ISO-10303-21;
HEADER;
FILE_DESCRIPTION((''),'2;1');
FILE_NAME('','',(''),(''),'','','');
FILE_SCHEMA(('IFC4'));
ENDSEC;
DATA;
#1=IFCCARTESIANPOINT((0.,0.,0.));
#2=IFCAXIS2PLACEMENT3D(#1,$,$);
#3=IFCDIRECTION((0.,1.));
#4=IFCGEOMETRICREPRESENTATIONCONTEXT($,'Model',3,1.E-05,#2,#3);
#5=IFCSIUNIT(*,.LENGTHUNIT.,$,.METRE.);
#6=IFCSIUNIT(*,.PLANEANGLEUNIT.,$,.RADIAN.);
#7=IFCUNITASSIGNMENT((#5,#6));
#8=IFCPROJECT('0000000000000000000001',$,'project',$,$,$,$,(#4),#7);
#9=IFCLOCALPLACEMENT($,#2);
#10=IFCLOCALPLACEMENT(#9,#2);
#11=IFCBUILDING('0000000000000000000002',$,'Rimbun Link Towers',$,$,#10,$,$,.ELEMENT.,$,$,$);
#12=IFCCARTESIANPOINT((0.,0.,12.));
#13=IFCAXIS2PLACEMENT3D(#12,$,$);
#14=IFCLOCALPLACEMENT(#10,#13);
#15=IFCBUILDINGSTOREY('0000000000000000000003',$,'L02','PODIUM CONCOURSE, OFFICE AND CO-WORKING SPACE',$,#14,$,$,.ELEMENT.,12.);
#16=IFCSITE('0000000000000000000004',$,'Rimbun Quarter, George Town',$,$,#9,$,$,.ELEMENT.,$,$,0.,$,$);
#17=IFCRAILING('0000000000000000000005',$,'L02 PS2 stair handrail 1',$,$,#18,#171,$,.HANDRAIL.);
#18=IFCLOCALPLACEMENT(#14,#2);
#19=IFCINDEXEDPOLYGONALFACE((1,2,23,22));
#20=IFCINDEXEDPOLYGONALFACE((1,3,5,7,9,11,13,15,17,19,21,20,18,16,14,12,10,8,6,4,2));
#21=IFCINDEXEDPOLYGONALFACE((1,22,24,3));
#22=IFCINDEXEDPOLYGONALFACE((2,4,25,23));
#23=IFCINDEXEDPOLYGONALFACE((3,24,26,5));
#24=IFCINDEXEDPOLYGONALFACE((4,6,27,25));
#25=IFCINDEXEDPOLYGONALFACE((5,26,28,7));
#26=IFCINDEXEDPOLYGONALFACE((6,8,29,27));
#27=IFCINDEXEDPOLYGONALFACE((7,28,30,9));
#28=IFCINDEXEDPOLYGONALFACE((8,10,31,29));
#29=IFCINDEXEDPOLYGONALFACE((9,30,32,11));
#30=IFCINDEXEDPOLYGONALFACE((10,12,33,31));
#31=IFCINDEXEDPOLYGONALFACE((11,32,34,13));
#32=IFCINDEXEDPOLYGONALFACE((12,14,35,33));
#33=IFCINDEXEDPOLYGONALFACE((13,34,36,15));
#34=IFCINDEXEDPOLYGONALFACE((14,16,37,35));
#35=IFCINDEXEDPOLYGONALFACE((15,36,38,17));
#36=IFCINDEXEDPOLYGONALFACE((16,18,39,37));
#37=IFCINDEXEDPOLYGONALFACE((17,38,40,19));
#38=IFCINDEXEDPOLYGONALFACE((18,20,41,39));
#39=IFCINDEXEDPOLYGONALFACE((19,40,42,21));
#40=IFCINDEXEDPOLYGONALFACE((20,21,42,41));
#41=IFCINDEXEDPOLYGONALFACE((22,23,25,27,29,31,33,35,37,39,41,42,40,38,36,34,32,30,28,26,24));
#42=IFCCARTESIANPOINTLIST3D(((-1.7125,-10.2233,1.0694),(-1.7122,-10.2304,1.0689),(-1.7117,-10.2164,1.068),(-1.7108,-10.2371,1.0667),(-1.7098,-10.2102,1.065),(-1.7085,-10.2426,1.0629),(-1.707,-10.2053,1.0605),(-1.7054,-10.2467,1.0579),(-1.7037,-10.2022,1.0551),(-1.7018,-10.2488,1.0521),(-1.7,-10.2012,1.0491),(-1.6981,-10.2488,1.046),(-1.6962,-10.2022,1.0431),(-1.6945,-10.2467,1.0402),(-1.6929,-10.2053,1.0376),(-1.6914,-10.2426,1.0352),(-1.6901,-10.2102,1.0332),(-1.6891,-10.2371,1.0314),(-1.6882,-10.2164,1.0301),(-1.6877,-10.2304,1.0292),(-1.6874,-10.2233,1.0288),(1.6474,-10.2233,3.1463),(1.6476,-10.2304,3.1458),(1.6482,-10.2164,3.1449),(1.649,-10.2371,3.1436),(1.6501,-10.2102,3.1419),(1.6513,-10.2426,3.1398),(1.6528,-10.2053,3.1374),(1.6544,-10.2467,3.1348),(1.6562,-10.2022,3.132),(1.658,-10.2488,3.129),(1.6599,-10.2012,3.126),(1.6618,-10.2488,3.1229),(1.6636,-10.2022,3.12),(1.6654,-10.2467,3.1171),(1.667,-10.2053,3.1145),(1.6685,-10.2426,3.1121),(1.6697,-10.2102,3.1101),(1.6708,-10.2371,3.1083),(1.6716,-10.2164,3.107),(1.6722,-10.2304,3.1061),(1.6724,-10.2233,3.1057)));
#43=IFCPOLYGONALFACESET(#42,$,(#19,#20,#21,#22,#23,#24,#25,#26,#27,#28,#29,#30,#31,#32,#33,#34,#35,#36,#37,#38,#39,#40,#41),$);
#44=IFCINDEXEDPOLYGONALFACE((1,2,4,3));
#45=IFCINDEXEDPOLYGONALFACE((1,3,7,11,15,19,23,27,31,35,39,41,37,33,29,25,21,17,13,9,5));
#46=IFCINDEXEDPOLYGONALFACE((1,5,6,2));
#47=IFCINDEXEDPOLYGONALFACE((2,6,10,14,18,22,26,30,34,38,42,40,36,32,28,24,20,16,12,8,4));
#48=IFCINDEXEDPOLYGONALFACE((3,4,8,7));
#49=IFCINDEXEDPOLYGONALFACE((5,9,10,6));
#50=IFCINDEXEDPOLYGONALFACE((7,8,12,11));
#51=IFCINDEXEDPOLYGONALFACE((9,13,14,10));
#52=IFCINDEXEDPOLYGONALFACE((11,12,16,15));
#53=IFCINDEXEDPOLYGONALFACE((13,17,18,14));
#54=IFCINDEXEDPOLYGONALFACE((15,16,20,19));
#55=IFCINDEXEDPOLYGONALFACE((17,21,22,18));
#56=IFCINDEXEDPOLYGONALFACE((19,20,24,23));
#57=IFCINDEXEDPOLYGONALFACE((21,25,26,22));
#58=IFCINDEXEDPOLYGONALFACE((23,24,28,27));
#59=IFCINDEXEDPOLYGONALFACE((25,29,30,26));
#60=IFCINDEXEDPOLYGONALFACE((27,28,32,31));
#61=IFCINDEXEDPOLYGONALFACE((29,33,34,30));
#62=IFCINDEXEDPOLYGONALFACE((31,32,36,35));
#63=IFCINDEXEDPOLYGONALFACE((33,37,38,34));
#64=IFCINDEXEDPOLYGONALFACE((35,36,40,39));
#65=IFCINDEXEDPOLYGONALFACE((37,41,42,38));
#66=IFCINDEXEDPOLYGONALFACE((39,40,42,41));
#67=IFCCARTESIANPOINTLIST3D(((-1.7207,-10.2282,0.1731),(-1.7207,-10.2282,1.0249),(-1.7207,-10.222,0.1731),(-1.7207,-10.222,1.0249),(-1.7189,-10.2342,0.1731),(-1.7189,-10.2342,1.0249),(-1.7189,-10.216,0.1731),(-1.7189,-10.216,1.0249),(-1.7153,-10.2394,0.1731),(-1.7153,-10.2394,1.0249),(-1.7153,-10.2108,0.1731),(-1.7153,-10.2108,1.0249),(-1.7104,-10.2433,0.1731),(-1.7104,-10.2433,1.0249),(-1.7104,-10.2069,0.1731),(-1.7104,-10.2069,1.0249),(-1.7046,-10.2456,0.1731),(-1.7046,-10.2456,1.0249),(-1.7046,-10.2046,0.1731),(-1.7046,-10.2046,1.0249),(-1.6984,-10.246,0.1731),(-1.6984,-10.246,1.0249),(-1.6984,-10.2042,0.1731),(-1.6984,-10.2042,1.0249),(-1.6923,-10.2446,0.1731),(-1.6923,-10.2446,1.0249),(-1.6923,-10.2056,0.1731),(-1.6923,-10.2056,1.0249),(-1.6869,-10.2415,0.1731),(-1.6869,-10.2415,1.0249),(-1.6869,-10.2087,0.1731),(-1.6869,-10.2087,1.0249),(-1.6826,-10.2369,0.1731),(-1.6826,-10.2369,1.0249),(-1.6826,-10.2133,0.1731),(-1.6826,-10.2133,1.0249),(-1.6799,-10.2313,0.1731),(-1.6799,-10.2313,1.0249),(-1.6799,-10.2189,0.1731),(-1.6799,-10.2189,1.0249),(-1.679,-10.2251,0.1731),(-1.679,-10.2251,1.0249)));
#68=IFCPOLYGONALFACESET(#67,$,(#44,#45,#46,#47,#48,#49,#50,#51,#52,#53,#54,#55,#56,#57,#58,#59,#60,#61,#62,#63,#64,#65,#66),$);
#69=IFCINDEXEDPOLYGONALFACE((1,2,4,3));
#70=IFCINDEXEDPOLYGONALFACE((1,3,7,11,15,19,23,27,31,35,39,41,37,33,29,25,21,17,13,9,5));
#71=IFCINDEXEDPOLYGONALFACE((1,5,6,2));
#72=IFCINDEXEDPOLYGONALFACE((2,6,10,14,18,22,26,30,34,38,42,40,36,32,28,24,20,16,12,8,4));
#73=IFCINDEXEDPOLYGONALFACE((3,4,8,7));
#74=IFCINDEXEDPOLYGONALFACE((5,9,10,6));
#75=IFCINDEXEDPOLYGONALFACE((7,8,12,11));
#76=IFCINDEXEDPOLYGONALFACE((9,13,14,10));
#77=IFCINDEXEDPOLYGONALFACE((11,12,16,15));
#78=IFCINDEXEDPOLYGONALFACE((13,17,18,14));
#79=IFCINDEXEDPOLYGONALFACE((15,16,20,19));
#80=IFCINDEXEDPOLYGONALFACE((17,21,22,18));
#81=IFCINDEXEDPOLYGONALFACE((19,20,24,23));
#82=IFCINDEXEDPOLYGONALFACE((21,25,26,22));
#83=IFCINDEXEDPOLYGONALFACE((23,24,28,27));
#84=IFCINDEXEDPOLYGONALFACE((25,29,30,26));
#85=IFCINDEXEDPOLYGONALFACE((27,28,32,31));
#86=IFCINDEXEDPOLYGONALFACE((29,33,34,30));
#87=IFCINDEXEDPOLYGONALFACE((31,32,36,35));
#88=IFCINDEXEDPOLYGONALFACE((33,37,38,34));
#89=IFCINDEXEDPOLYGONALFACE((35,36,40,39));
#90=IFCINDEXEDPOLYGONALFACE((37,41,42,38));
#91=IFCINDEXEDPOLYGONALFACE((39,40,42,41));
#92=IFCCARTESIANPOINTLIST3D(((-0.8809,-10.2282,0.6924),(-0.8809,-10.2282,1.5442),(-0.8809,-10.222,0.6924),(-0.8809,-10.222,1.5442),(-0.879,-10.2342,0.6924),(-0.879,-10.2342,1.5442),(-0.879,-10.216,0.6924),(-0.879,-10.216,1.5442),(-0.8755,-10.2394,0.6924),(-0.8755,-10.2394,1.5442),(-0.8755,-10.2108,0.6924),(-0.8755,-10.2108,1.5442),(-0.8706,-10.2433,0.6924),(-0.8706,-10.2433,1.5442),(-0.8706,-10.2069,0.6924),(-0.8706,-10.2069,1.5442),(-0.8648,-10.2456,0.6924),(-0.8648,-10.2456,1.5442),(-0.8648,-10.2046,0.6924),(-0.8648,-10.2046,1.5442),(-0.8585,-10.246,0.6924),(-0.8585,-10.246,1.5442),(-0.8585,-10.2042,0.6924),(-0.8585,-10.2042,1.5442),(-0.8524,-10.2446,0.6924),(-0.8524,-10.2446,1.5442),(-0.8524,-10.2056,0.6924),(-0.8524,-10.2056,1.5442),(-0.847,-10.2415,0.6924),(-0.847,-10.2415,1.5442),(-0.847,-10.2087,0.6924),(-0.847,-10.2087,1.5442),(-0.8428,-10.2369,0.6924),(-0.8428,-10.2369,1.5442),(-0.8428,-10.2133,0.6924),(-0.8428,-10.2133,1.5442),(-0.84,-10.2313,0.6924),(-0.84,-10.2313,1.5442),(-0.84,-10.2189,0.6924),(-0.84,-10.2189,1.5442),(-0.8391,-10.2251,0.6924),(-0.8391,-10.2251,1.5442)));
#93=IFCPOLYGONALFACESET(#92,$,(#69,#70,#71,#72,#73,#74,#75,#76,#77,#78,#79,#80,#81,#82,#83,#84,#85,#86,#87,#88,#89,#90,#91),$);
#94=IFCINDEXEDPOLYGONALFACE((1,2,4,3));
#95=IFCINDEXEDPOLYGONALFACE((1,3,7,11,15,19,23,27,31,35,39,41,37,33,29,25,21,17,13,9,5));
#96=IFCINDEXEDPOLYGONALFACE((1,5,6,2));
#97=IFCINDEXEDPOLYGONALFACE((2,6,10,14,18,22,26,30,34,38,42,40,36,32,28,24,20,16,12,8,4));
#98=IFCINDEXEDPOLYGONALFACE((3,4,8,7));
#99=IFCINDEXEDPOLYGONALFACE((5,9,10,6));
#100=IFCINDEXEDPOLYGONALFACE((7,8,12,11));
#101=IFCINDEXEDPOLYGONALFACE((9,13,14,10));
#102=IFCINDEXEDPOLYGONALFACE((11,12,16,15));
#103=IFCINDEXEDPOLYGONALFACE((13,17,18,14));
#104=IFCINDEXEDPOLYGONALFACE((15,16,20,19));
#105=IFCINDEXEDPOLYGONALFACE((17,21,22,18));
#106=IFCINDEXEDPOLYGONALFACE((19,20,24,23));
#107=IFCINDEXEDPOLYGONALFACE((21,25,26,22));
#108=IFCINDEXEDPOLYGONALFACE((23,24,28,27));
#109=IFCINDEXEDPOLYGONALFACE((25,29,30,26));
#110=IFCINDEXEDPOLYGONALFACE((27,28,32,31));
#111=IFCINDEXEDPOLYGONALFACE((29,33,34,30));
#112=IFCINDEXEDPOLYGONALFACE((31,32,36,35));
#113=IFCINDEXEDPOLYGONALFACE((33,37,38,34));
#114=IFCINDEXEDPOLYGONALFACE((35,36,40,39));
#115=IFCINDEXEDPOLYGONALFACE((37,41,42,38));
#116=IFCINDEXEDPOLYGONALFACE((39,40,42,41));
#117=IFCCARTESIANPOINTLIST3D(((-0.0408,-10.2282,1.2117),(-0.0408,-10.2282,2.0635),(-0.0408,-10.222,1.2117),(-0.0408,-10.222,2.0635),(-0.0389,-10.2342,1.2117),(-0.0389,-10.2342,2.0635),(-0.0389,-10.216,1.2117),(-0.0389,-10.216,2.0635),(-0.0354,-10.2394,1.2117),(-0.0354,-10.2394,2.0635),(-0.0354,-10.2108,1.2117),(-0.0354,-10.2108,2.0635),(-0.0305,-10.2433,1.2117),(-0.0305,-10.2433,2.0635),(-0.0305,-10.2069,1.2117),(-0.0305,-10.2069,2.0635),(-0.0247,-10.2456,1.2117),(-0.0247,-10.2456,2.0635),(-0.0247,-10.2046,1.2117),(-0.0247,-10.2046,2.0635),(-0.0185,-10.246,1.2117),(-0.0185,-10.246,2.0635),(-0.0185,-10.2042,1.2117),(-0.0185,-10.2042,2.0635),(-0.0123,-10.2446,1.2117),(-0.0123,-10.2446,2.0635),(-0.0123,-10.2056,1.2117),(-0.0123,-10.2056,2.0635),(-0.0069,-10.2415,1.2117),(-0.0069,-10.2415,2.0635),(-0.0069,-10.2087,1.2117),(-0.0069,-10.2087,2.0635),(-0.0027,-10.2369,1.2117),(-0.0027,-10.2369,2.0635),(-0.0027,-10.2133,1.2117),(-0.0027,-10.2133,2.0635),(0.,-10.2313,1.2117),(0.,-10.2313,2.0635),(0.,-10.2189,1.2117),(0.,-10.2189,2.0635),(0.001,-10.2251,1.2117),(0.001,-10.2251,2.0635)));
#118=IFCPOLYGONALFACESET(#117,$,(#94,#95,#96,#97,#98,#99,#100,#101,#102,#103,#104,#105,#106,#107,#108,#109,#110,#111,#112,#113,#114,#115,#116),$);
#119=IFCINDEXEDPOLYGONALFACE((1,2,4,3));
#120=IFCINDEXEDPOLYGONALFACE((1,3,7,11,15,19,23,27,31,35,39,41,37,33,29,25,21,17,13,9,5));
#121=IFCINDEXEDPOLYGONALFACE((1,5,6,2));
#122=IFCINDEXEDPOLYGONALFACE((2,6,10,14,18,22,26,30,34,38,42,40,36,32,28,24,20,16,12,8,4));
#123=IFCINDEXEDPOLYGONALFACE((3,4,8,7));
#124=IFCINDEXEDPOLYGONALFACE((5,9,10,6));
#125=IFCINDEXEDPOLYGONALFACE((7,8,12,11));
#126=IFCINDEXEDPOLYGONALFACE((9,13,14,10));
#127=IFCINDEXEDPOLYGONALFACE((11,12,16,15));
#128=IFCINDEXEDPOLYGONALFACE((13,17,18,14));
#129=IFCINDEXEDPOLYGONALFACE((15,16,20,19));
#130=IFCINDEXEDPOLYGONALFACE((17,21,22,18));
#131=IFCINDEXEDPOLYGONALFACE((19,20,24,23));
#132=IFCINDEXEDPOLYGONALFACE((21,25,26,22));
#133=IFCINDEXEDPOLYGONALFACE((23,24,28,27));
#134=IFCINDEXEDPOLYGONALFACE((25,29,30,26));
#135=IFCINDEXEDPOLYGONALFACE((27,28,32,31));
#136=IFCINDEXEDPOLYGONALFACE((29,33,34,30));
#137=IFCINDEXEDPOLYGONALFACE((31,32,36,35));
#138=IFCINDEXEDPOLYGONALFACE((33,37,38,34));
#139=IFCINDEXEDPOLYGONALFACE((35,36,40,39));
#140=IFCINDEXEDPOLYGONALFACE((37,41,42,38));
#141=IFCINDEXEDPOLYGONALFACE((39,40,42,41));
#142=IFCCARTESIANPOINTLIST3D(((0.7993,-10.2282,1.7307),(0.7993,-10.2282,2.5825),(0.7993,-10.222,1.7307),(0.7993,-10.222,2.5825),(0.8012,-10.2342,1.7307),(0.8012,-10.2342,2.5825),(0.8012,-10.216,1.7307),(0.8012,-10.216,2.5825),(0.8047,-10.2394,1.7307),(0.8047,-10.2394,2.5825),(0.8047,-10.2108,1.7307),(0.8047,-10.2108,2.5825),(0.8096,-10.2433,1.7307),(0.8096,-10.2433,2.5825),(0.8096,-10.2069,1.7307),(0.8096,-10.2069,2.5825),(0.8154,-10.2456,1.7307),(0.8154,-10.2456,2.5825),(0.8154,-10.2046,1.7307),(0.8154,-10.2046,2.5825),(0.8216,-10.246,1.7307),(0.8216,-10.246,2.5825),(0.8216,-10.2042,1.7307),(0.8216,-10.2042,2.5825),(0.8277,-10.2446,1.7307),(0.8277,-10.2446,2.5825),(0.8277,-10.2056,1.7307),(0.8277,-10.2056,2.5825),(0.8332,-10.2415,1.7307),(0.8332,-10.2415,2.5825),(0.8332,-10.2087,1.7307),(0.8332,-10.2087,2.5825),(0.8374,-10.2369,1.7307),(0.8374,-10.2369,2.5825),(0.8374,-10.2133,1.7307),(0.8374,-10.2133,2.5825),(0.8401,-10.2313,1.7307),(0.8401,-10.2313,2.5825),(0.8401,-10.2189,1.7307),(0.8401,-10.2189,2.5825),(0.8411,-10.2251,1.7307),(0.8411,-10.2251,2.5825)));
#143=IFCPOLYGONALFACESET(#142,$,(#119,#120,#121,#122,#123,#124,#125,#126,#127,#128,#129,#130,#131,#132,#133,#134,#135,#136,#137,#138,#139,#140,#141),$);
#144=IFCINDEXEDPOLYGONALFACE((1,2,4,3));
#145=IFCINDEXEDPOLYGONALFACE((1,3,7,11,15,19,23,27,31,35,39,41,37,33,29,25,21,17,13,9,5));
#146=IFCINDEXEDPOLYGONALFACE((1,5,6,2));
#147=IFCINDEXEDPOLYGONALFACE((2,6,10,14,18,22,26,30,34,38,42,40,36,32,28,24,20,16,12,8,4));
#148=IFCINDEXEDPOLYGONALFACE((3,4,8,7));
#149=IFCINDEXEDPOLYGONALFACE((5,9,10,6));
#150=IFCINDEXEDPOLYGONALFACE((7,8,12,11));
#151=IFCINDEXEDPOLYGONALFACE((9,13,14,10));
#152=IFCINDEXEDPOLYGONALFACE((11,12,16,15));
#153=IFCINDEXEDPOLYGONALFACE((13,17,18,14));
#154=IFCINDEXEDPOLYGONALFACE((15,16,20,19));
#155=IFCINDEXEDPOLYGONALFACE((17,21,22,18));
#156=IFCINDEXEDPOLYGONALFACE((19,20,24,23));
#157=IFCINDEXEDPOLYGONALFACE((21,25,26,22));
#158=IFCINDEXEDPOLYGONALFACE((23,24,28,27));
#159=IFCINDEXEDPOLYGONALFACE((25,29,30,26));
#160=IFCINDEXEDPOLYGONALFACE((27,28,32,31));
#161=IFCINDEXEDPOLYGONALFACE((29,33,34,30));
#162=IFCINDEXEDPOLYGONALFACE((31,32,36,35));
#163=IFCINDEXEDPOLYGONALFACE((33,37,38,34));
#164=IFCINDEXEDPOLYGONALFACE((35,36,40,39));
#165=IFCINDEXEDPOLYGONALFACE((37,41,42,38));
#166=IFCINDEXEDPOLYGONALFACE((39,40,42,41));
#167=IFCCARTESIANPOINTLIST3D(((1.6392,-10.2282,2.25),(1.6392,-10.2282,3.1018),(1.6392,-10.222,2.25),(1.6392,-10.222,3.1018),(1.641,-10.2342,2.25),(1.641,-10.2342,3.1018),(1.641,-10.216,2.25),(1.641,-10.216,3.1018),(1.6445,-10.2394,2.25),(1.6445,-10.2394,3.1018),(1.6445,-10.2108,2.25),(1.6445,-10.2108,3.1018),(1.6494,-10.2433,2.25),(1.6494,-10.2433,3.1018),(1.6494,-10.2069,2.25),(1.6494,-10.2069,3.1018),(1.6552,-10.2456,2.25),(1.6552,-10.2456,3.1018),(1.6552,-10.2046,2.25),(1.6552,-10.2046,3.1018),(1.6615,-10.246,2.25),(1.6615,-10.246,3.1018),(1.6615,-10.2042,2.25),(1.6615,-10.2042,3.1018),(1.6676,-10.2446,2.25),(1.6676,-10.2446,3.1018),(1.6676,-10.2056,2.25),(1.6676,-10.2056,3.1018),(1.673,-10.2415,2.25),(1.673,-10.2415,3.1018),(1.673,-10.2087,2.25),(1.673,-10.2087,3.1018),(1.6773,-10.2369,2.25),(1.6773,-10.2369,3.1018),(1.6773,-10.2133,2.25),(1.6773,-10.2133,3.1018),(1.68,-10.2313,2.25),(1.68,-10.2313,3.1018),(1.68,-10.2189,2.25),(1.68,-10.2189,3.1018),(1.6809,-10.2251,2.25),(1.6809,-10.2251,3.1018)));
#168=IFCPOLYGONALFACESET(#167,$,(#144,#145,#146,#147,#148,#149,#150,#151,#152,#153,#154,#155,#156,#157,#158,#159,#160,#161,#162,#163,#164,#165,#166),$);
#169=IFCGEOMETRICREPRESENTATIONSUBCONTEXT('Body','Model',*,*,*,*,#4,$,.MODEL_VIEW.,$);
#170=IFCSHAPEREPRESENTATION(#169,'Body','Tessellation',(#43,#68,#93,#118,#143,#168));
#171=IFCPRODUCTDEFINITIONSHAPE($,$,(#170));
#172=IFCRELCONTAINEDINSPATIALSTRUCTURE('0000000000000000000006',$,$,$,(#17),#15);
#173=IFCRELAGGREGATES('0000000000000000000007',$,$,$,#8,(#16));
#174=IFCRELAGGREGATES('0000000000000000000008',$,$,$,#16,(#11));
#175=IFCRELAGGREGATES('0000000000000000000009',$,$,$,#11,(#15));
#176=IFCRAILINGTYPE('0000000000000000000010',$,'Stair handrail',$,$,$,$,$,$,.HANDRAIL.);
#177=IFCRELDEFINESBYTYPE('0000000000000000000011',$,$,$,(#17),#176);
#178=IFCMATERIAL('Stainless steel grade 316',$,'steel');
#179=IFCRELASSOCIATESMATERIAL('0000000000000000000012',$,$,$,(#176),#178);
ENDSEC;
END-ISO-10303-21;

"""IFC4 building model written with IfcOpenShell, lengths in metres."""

from ifc_helpers import new_model, si_unit, direction, frame, origin, origin_2d, place, context, subcontext, project, spatial, circle, extrude, material, type_object, element, save


model = new_model("IFC4")

# Units and contexts
model_context = context("Model", 3, precision=1e-05, world=origin(), true_north=direction((0.0, 1.0)))
body_context = subcontext(model_context, "Body", "Model", "MODEL_VIEW")
ifc_project = project(units=[si_unit("LENGTHUNIT", "METRE"), si_unit("PLANEANGLEUNIT", "RADIAN")], contexts=[model_context])

# Site, building, storey
site_placement = place(None, origin())
site = spatial("IfcSite", under=ifc_project, at=site_placement, Name="Rimbun Quarter, George Town", CompositionType="ELEMENT", RefElevation=0.0)
building_placement = place(site_placement, origin())
building = spatial("IfcBuilding", under=site, at=building_placement, Name="Rimbun Link Towers", CompositionType="ELEMENT")
storey_placement = place(building_placement, frame((0.0, 0.0, 12.0)))
storey = spatial("IfcBuildingStorey", under=building, at=storey_placement, Name="L02", Description="PODIUM CONCOURSE, OFFICE AND CO-WORKING SPACE", CompositionType="ELEMENT", Elevation=12.0)

# Railing
ifc_material_1 = material(Name="Stainless steel grade 316", Category="steel")
railing_type_1 = type_object("IfcRailingType", Name="Stair handrail", PredefinedType="HANDRAIL", material=ifc_material_1)
railing_1_placement = place(storey_placement, frame((-1.7, -10.2251, 0.1731)))
element("IfcRailing", 1, at=railing_1_placement, inside=storey, type_object=railing_type_1, Name="L02 PS2 stair handrail 1", PredefinedType="HANDRAIL", context=body_context, shape_type="SweptSolid", body=[
    extrude(circle(Radius=0.0239, at=origin_2d()), frame((0.0, 0.0, 0.876), z_axis=(0.850606, 0.0, 0.525803), x_axis=(0.0, 1.0, 0.0)), (0.0, 0.0, 1.0), 3.95),
    extrude(circle(Radius=0.021, at=origin_2d()), origin(), (0.0, 0.0, 1.0), 0.8518),
    extrude(circle(Radius=0.021, at=origin_2d()), frame((0.8398, 0.0, 0.5193)), (0.0, 0.0, 1.0), 0.8518),
    extrude(circle(Radius=0.021, at=origin_2d()), frame((1.6799, 0.0, 1.0386)), (0.0, 0.0, 1.0), 0.8518),
    extrude(circle(Radius=0.021, at=origin_2d()), frame((2.52, 0.0, 1.5576)), (0.0, 0.0, 1.0), 0.8518),
    extrude(circle(Radius=0.021, at=origin_2d()), frame((3.3599, 0.0, 2.0769)), (0.0, 0.0, 1.0), 0.8518),
])

save(model, "model.ifc")
